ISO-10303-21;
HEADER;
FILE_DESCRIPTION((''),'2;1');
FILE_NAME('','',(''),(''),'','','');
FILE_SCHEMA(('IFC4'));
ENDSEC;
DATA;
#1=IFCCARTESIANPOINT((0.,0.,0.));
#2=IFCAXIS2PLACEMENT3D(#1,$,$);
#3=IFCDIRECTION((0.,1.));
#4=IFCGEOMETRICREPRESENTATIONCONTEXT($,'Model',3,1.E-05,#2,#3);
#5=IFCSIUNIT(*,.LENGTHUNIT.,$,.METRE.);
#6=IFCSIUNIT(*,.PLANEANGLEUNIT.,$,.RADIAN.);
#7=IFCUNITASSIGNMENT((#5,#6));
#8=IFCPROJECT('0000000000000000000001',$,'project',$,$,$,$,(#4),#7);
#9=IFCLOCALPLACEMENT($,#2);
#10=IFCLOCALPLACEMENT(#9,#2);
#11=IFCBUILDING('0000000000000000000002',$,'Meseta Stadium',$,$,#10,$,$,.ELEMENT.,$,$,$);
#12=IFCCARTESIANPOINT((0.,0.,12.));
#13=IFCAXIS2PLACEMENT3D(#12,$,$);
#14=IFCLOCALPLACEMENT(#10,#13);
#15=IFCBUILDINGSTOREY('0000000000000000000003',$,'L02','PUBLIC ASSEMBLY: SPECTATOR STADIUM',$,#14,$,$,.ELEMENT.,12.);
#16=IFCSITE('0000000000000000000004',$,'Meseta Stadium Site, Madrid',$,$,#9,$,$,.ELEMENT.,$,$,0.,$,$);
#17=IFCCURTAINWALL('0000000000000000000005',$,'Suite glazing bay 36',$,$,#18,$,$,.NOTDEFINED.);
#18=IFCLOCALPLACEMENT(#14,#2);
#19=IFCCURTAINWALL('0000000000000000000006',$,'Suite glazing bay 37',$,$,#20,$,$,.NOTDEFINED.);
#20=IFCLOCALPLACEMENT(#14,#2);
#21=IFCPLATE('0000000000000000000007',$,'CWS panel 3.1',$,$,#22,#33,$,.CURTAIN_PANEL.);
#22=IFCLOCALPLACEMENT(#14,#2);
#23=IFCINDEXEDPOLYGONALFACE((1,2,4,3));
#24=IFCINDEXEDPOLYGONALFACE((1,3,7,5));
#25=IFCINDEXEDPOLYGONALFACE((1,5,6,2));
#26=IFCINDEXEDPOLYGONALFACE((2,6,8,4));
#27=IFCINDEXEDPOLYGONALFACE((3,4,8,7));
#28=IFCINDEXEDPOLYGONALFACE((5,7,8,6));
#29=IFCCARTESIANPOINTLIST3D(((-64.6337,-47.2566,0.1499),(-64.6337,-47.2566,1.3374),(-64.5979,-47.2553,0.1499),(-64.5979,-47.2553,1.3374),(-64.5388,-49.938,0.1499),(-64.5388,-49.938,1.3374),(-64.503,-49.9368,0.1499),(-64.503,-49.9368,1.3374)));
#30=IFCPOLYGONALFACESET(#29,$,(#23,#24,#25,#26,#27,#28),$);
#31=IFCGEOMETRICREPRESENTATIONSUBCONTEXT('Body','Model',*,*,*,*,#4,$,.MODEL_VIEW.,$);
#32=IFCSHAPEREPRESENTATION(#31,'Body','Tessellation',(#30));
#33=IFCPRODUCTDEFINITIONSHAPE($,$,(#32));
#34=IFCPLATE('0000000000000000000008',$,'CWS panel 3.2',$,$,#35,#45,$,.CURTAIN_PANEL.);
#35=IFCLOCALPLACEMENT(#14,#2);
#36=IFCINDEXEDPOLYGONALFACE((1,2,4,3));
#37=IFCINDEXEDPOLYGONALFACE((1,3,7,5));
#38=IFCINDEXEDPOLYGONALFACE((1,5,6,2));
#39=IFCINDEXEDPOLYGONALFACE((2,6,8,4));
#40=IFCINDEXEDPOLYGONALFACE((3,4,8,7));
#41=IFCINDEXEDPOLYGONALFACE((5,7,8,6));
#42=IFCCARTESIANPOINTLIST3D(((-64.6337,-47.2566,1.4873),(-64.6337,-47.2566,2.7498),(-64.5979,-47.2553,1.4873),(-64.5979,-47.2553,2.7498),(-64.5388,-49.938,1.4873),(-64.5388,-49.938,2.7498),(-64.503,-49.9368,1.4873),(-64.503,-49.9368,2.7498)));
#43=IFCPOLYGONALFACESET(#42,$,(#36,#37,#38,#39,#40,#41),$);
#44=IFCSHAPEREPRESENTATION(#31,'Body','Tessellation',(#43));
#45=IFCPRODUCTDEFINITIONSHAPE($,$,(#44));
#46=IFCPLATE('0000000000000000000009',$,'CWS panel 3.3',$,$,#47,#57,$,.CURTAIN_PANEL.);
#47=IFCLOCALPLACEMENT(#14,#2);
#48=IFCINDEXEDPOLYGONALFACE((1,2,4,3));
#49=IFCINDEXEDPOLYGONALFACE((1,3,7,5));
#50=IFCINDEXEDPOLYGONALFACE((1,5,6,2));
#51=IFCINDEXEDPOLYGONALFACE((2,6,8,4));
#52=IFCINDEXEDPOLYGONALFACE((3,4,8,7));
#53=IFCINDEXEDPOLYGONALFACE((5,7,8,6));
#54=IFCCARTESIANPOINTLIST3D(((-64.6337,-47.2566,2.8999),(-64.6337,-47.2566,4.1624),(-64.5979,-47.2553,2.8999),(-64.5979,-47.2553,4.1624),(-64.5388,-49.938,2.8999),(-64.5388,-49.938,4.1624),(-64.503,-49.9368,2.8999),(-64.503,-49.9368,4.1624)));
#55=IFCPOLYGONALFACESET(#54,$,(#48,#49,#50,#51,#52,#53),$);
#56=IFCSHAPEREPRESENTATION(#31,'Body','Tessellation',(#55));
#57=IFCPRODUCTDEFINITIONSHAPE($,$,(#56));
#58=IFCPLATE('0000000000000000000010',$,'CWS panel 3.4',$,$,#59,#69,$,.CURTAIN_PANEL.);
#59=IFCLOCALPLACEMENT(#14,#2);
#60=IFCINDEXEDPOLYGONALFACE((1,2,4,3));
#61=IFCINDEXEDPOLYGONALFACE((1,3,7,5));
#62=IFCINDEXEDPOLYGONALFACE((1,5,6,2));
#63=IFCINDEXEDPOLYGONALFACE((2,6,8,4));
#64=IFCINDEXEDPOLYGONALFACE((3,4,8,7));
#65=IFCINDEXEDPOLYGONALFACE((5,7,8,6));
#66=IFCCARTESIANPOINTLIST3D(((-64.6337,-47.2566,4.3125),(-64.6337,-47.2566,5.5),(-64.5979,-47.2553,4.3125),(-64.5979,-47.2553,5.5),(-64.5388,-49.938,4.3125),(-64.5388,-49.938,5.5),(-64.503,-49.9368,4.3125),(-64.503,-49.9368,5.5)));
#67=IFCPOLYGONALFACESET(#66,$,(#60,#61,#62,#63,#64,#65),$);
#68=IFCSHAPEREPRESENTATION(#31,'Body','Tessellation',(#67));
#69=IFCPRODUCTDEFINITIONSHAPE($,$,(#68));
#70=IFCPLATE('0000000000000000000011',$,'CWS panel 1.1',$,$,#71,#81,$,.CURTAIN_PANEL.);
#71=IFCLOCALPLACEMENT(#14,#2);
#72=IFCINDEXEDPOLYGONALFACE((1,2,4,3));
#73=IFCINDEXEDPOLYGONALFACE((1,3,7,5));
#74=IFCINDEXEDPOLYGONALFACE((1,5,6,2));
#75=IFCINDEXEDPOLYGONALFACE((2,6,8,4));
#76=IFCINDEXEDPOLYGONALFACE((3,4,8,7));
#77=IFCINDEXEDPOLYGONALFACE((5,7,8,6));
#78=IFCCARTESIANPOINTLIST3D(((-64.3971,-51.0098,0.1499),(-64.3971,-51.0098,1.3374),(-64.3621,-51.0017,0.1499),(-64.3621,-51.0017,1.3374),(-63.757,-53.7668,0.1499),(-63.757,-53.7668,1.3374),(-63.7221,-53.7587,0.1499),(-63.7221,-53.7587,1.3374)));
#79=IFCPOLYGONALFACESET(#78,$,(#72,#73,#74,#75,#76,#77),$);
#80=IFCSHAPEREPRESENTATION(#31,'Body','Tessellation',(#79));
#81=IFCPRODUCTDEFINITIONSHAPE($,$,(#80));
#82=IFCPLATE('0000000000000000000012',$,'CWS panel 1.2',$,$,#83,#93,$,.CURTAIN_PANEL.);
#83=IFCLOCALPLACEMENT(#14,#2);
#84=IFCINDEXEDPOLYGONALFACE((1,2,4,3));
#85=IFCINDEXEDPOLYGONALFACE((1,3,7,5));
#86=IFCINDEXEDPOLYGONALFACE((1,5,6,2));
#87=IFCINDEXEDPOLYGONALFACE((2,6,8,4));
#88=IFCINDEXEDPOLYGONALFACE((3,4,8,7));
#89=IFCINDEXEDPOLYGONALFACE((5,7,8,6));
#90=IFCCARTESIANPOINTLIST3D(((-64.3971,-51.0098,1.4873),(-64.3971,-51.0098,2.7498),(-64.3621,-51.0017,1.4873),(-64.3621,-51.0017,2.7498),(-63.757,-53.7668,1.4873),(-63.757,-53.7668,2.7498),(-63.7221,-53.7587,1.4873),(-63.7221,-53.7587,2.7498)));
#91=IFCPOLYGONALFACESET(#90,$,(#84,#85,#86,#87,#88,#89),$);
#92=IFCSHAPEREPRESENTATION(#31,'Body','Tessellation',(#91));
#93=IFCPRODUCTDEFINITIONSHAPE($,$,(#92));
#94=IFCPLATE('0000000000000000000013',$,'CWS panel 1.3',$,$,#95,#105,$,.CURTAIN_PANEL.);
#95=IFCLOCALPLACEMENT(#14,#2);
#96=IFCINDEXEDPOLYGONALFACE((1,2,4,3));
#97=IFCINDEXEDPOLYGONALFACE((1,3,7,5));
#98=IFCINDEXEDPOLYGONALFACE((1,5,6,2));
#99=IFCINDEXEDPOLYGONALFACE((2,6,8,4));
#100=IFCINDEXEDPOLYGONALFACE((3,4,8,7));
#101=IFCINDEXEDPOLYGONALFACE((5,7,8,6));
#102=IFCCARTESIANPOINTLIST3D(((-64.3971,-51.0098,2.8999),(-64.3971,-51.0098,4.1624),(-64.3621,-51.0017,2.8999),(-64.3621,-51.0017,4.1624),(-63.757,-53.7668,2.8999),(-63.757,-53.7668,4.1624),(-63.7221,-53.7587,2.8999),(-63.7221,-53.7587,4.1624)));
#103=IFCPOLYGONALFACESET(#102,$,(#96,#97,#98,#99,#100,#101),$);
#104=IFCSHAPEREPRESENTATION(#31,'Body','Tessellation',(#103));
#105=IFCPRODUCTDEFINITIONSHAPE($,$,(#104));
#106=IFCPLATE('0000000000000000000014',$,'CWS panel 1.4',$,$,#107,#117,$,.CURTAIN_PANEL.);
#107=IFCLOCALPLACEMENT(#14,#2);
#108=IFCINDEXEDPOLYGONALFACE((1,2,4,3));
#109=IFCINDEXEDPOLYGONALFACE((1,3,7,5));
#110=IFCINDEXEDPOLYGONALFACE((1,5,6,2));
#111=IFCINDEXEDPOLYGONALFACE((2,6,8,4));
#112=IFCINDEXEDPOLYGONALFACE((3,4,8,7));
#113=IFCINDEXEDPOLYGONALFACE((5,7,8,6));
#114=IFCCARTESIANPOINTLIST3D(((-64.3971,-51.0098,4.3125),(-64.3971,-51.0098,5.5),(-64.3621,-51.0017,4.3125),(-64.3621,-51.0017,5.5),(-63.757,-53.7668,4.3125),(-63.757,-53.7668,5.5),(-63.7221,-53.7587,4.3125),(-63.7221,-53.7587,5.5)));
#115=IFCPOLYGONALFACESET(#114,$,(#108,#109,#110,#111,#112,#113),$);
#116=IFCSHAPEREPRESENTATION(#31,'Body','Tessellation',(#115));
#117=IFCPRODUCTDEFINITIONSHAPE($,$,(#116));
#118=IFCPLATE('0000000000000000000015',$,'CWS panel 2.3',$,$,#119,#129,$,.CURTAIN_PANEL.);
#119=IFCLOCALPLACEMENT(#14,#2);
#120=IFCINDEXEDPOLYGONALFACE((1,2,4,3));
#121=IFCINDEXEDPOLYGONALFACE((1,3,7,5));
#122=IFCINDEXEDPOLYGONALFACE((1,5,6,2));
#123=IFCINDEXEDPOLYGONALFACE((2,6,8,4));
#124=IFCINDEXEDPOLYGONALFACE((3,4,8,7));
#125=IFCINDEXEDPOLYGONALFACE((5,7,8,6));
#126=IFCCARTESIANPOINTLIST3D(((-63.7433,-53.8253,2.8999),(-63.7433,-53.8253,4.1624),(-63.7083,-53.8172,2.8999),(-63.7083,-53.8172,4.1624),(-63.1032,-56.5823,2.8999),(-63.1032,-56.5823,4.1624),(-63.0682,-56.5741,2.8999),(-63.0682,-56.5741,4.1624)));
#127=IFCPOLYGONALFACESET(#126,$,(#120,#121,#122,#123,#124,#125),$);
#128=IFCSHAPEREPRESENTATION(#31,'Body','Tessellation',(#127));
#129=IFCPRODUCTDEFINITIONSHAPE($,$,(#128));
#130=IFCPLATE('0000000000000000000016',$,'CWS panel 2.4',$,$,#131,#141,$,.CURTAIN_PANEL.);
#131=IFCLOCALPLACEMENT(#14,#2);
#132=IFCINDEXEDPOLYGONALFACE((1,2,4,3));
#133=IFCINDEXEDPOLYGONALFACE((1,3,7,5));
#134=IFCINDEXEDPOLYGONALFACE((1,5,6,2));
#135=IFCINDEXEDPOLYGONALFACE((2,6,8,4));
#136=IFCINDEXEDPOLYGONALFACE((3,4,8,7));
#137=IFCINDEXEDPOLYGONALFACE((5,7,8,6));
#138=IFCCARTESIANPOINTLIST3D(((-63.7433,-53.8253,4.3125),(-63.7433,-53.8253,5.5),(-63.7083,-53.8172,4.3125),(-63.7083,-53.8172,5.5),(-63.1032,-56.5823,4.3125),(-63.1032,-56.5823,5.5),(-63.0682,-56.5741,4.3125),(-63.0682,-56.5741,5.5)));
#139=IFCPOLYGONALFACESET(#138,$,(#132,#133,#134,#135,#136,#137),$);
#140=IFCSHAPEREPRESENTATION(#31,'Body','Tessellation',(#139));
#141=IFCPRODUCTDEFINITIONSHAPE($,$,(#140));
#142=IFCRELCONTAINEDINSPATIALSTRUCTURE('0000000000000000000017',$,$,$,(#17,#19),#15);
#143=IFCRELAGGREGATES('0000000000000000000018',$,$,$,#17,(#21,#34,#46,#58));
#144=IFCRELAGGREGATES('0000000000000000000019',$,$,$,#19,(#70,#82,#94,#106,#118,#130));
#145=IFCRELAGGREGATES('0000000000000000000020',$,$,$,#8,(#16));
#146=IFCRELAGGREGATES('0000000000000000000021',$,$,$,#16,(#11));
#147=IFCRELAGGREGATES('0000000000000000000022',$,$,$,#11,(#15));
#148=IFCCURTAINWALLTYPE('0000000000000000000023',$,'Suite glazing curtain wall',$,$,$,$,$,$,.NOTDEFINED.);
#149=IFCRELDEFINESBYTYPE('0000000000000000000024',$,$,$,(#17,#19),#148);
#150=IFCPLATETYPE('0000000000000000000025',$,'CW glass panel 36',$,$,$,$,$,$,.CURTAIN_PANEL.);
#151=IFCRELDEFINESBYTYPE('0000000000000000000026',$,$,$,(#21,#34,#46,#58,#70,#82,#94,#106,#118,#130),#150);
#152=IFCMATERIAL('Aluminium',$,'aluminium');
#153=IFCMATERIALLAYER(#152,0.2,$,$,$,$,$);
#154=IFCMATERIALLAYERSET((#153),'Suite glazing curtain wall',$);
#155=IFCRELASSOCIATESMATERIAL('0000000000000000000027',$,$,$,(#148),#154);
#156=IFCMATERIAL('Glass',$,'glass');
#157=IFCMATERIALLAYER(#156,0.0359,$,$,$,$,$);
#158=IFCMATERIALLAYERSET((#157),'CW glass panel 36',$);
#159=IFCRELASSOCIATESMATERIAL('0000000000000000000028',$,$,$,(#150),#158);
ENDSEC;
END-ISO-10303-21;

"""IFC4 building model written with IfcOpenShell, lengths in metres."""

from ifc_helpers import new_model, si_unit, direction, frame, origin, origin_2d, place, context, subcontext, project, spatial, rectangle, extrude, material, layer, layer_set, type_object, element, aggregate, save


model = new_model("IFC4")

# Units and contexts
model_context = context("Model", 3, precision=1e-05, world=origin(), true_north=direction((0.0, 1.0)))
body_context = subcontext(model_context, "Body", "Model", "MODEL_VIEW")
ifc_project = project(units=[si_unit("LENGTHUNIT", "METRE"), si_unit("PLANEANGLEUNIT", "RADIAN")], contexts=[model_context])

# Site, building, storey
site_placement = place(None, origin())
site = spatial("IfcSite", under=ifc_project, at=site_placement, Name="Meseta Stadium Site, Madrid", CompositionType="ELEMENT", RefElevation=0.0)
building_placement = place(site_placement, origin())
building = spatial("IfcBuilding", under=site, at=building_placement, Name="Meseta Stadium", CompositionType="ELEMENT")
storey_placement = place(building_placement, frame((0.0, 0.0, 12.0)))
storey = spatial("IfcBuildingStorey", under=building, at=storey_placement, Name="L02", Description="PUBLIC ASSEMBLY: SPECTATOR STADIUM", CompositionType="ELEMENT", Elevation=12.0)

# Curtain walls
ifc_material_1 = material(Name="Aluminium", Category="aluminium")
ifc_layer_1 = layer(ifc_material_1, 0.2)
ifc_layer_set_1 = layer_set([ifc_layer_1], Name="Suite glazing curtain wall")
curtain_wall_type = type_object("IfcCurtainWallType", Name="Suite glazing curtain wall", PredefinedType="NOTDEFINED", material=ifc_layer_set_1)
curtain_wall_1_placement = place(storey_placement, origin())
curtain_wall_1 = element("IfcCurtainWall", 1, at=curtain_wall_1_placement, inside=storey, type_object=curtain_wall_type, Name="Suite glazing bay 36", PredefinedType="NOTDEFINED")
curtain_wall_2_placement = place(storey_placement, origin())
curtain_wall_2 = element("IfcCurtainWall", 2, at=curtain_wall_2_placement, inside=storey, type_object=curtain_wall_type, Name="Suite glazing bay 37", PredefinedType="NOTDEFINED")

# Plates
ifc_material_2 = material(Name="Glass", Category="glass")
ifc_layer_2 = layer(ifc_material_2, 0.0359)
ifc_layer_set_2 = layer_set([ifc_layer_2], Name="CW glass panel 36")
plate_type = type_object("IfcPlateType", Name="CW glass panel 36", PredefinedType="CURTAIN_PANEL", material=ifc_layer_set_2)
plate_1_placement = place(storey_placement, frame((-64.5684, -48.5967, 0.1499), z_axis=(0.0, 0.0, 1.0), x_axis=(0.035371, -0.999374, 0.0)))
plate_1 = element("IfcPlate", 3, at=plate_1_placement, type_object=plate_type, Name="CWS panel 3.1", PredefinedType="CURTAIN_PANEL", context=body_context, shape_type="SweptSolid", body=[
    extrude(rectangle(XDim=2.6831, YDim=0.0359, at=origin_2d()), origin(), (0.0, 0.0, 1.0), 1.1875),
])
plate_2_placement = place(storey_placement, frame((-64.5684, -48.5967, 1.4873), z_axis=(0.0, 0.0, 1.0), x_axis=(0.035371, -0.999374, 0.0)))
plate_2 = element("IfcPlate", 4, at=plate_2_placement, type_object=plate_type, Name="CWS panel 3.2", PredefinedType="CURTAIN_PANEL", context=body_context, shape_type="SweptSolid", body=[
    extrude(rectangle(XDim=2.6831, YDim=0.0359, at=origin_2d()), origin(), (0.0, 0.0, 1.0), 1.2625),
])
plate_3_placement = place(storey_placement, frame((-64.5684, -48.5967, 2.8999), z_axis=(0.0, 0.0, 1.0), x_axis=(0.035371, -0.999374, 0.0)))
plate_3 = element("IfcPlate", 5, at=plate_3_placement, type_object=plate_type, Name="CWS panel 3.3", PredefinedType="CURTAIN_PANEL", context=body_context, shape_type="SweptSolid", body=[
    extrude(rectangle(XDim=2.6831, YDim=0.0359, at=origin_2d()), origin(), (0.0, 0.0, 1.0), 1.2625),
])
plate_4_placement = place(storey_placement, frame((-64.5684, -48.5967, 4.3125), z_axis=(0.0, 0.0, 1.0), x_axis=(0.035371, -0.999374, 0.0)))
plate_4 = element("IfcPlate", 6, at=plate_4_placement, type_object=plate_type, Name="CWS panel 3.4", PredefinedType="CURTAIN_PANEL", context=body_context, shape_type="SweptSolid", body=[
    extrude(rectangle(XDim=2.6831, YDim=0.0359, at=origin_2d()), origin(), (0.0, 0.0, 1.0), 1.1875),
])
aggregate(curtain_wall_1, [plate_1, plate_2, plate_3, plate_4])
plate_5_placement = place(storey_placement, frame((-64.0596, -52.3843, 0.1499), z_axis=(0.0, 0.0, 1.0), x_axis=(0.226148, -0.974093, 0.0)))
plate_5 = element("IfcPlate", 7, at=plate_5_placement, type_object=plate_type, Name="CWS panel 1.1", PredefinedType="CURTAIN_PANEL", context=body_context, shape_type="SweptSolid", body=[
    extrude(rectangle(XDim=2.8303, YDim=0.0359, at=origin_2d()), origin(), (0.0, 0.0, 1.0), 1.1875),
])
plate_6_placement = place(storey_placement, frame((-64.0596, -52.3843, 1.4873), z_axis=(0.0, 0.0, 1.0), x_axis=(0.226148, -0.974093, 0.0)))
plate_6 = element("IfcPlate", 8, at=plate_6_placement, type_object=plate_type, Name="CWS panel 1.2", PredefinedType="CURTAIN_PANEL", context=body_context, shape_type="SweptSolid", body=[
    extrude(rectangle(XDim=2.8303, YDim=0.0359, at=origin_2d()), origin(), (0.0, 0.0, 1.0), 1.2625),
])
plate_7_placement = place(storey_placement, frame((-64.0596, -52.3843, 2.8999), z_axis=(0.0, 0.0, 1.0), x_axis=(0.226148, -0.974093, 0.0)))
plate_7 = element("IfcPlate", 9, at=plate_7_placement, type_object=plate_type, Name="CWS panel 1.3", PredefinedType="CURTAIN_PANEL", context=body_context, shape_type="SweptSolid", body=[
    extrude(rectangle(XDim=2.8303, YDim=0.0359, at=origin_2d()), origin(), (0.0, 0.0, 1.0), 1.2625),
])
plate_8_placement = place(storey_placement, frame((-64.0596, -52.3843, 4.3125), z_axis=(0.0, 0.0, 1.0), x_axis=(0.226148, -0.974093, 0.0)))
plate_8 = element("IfcPlate", 10, at=plate_8_placement, type_object=plate_type, Name="CWS panel 1.4", PredefinedType="CURTAIN_PANEL", context=body_context, shape_type="SweptSolid", body=[
    extrude(rectangle(XDim=2.8303, YDim=0.0359, at=origin_2d()), origin(), (0.0, 0.0, 1.0), 1.1875),
])
plate_9_placement = place(storey_placement, frame((-63.4058, -55.1997, 2.8999), z_axis=(0.0, 0.0, 1.0), x_axis=(0.226148, -0.974093, 0.0)))
plate_9 = element("IfcPlate", 11, at=plate_9_placement, type_object=plate_type, Name="CWS panel 2.3", PredefinedType="CURTAIN_PANEL", context=body_context, shape_type="SweptSolid", body=[
    extrude(rectangle(XDim=2.8303, YDim=0.0359, at=origin_2d()), origin(), (0.0, 0.0, 1.0), 1.2625),
])
plate_10_placement = place(storey_placement, frame((-63.4058, -55.1997, 4.3125), z_axis=(0.0, 0.0, 1.0), x_axis=(0.226148, -0.974093, 0.0)))
plate_10 = element("IfcPlate", 12, at=plate_10_placement, type_object=plate_type, Name="CWS panel 2.4", PredefinedType="CURTAIN_PANEL", context=body_context, shape_type="SweptSolid", body=[
    extrude(rectangle(XDim=2.8303, YDim=0.0359, at=origin_2d()), origin(), (0.0, 0.0, 1.0), 1.1875),
])
aggregate(curtain_wall_2, [plate_5, plate_6, plate_7, plate_8, plate_9, plate_10])

save(model, "model.ifc")
